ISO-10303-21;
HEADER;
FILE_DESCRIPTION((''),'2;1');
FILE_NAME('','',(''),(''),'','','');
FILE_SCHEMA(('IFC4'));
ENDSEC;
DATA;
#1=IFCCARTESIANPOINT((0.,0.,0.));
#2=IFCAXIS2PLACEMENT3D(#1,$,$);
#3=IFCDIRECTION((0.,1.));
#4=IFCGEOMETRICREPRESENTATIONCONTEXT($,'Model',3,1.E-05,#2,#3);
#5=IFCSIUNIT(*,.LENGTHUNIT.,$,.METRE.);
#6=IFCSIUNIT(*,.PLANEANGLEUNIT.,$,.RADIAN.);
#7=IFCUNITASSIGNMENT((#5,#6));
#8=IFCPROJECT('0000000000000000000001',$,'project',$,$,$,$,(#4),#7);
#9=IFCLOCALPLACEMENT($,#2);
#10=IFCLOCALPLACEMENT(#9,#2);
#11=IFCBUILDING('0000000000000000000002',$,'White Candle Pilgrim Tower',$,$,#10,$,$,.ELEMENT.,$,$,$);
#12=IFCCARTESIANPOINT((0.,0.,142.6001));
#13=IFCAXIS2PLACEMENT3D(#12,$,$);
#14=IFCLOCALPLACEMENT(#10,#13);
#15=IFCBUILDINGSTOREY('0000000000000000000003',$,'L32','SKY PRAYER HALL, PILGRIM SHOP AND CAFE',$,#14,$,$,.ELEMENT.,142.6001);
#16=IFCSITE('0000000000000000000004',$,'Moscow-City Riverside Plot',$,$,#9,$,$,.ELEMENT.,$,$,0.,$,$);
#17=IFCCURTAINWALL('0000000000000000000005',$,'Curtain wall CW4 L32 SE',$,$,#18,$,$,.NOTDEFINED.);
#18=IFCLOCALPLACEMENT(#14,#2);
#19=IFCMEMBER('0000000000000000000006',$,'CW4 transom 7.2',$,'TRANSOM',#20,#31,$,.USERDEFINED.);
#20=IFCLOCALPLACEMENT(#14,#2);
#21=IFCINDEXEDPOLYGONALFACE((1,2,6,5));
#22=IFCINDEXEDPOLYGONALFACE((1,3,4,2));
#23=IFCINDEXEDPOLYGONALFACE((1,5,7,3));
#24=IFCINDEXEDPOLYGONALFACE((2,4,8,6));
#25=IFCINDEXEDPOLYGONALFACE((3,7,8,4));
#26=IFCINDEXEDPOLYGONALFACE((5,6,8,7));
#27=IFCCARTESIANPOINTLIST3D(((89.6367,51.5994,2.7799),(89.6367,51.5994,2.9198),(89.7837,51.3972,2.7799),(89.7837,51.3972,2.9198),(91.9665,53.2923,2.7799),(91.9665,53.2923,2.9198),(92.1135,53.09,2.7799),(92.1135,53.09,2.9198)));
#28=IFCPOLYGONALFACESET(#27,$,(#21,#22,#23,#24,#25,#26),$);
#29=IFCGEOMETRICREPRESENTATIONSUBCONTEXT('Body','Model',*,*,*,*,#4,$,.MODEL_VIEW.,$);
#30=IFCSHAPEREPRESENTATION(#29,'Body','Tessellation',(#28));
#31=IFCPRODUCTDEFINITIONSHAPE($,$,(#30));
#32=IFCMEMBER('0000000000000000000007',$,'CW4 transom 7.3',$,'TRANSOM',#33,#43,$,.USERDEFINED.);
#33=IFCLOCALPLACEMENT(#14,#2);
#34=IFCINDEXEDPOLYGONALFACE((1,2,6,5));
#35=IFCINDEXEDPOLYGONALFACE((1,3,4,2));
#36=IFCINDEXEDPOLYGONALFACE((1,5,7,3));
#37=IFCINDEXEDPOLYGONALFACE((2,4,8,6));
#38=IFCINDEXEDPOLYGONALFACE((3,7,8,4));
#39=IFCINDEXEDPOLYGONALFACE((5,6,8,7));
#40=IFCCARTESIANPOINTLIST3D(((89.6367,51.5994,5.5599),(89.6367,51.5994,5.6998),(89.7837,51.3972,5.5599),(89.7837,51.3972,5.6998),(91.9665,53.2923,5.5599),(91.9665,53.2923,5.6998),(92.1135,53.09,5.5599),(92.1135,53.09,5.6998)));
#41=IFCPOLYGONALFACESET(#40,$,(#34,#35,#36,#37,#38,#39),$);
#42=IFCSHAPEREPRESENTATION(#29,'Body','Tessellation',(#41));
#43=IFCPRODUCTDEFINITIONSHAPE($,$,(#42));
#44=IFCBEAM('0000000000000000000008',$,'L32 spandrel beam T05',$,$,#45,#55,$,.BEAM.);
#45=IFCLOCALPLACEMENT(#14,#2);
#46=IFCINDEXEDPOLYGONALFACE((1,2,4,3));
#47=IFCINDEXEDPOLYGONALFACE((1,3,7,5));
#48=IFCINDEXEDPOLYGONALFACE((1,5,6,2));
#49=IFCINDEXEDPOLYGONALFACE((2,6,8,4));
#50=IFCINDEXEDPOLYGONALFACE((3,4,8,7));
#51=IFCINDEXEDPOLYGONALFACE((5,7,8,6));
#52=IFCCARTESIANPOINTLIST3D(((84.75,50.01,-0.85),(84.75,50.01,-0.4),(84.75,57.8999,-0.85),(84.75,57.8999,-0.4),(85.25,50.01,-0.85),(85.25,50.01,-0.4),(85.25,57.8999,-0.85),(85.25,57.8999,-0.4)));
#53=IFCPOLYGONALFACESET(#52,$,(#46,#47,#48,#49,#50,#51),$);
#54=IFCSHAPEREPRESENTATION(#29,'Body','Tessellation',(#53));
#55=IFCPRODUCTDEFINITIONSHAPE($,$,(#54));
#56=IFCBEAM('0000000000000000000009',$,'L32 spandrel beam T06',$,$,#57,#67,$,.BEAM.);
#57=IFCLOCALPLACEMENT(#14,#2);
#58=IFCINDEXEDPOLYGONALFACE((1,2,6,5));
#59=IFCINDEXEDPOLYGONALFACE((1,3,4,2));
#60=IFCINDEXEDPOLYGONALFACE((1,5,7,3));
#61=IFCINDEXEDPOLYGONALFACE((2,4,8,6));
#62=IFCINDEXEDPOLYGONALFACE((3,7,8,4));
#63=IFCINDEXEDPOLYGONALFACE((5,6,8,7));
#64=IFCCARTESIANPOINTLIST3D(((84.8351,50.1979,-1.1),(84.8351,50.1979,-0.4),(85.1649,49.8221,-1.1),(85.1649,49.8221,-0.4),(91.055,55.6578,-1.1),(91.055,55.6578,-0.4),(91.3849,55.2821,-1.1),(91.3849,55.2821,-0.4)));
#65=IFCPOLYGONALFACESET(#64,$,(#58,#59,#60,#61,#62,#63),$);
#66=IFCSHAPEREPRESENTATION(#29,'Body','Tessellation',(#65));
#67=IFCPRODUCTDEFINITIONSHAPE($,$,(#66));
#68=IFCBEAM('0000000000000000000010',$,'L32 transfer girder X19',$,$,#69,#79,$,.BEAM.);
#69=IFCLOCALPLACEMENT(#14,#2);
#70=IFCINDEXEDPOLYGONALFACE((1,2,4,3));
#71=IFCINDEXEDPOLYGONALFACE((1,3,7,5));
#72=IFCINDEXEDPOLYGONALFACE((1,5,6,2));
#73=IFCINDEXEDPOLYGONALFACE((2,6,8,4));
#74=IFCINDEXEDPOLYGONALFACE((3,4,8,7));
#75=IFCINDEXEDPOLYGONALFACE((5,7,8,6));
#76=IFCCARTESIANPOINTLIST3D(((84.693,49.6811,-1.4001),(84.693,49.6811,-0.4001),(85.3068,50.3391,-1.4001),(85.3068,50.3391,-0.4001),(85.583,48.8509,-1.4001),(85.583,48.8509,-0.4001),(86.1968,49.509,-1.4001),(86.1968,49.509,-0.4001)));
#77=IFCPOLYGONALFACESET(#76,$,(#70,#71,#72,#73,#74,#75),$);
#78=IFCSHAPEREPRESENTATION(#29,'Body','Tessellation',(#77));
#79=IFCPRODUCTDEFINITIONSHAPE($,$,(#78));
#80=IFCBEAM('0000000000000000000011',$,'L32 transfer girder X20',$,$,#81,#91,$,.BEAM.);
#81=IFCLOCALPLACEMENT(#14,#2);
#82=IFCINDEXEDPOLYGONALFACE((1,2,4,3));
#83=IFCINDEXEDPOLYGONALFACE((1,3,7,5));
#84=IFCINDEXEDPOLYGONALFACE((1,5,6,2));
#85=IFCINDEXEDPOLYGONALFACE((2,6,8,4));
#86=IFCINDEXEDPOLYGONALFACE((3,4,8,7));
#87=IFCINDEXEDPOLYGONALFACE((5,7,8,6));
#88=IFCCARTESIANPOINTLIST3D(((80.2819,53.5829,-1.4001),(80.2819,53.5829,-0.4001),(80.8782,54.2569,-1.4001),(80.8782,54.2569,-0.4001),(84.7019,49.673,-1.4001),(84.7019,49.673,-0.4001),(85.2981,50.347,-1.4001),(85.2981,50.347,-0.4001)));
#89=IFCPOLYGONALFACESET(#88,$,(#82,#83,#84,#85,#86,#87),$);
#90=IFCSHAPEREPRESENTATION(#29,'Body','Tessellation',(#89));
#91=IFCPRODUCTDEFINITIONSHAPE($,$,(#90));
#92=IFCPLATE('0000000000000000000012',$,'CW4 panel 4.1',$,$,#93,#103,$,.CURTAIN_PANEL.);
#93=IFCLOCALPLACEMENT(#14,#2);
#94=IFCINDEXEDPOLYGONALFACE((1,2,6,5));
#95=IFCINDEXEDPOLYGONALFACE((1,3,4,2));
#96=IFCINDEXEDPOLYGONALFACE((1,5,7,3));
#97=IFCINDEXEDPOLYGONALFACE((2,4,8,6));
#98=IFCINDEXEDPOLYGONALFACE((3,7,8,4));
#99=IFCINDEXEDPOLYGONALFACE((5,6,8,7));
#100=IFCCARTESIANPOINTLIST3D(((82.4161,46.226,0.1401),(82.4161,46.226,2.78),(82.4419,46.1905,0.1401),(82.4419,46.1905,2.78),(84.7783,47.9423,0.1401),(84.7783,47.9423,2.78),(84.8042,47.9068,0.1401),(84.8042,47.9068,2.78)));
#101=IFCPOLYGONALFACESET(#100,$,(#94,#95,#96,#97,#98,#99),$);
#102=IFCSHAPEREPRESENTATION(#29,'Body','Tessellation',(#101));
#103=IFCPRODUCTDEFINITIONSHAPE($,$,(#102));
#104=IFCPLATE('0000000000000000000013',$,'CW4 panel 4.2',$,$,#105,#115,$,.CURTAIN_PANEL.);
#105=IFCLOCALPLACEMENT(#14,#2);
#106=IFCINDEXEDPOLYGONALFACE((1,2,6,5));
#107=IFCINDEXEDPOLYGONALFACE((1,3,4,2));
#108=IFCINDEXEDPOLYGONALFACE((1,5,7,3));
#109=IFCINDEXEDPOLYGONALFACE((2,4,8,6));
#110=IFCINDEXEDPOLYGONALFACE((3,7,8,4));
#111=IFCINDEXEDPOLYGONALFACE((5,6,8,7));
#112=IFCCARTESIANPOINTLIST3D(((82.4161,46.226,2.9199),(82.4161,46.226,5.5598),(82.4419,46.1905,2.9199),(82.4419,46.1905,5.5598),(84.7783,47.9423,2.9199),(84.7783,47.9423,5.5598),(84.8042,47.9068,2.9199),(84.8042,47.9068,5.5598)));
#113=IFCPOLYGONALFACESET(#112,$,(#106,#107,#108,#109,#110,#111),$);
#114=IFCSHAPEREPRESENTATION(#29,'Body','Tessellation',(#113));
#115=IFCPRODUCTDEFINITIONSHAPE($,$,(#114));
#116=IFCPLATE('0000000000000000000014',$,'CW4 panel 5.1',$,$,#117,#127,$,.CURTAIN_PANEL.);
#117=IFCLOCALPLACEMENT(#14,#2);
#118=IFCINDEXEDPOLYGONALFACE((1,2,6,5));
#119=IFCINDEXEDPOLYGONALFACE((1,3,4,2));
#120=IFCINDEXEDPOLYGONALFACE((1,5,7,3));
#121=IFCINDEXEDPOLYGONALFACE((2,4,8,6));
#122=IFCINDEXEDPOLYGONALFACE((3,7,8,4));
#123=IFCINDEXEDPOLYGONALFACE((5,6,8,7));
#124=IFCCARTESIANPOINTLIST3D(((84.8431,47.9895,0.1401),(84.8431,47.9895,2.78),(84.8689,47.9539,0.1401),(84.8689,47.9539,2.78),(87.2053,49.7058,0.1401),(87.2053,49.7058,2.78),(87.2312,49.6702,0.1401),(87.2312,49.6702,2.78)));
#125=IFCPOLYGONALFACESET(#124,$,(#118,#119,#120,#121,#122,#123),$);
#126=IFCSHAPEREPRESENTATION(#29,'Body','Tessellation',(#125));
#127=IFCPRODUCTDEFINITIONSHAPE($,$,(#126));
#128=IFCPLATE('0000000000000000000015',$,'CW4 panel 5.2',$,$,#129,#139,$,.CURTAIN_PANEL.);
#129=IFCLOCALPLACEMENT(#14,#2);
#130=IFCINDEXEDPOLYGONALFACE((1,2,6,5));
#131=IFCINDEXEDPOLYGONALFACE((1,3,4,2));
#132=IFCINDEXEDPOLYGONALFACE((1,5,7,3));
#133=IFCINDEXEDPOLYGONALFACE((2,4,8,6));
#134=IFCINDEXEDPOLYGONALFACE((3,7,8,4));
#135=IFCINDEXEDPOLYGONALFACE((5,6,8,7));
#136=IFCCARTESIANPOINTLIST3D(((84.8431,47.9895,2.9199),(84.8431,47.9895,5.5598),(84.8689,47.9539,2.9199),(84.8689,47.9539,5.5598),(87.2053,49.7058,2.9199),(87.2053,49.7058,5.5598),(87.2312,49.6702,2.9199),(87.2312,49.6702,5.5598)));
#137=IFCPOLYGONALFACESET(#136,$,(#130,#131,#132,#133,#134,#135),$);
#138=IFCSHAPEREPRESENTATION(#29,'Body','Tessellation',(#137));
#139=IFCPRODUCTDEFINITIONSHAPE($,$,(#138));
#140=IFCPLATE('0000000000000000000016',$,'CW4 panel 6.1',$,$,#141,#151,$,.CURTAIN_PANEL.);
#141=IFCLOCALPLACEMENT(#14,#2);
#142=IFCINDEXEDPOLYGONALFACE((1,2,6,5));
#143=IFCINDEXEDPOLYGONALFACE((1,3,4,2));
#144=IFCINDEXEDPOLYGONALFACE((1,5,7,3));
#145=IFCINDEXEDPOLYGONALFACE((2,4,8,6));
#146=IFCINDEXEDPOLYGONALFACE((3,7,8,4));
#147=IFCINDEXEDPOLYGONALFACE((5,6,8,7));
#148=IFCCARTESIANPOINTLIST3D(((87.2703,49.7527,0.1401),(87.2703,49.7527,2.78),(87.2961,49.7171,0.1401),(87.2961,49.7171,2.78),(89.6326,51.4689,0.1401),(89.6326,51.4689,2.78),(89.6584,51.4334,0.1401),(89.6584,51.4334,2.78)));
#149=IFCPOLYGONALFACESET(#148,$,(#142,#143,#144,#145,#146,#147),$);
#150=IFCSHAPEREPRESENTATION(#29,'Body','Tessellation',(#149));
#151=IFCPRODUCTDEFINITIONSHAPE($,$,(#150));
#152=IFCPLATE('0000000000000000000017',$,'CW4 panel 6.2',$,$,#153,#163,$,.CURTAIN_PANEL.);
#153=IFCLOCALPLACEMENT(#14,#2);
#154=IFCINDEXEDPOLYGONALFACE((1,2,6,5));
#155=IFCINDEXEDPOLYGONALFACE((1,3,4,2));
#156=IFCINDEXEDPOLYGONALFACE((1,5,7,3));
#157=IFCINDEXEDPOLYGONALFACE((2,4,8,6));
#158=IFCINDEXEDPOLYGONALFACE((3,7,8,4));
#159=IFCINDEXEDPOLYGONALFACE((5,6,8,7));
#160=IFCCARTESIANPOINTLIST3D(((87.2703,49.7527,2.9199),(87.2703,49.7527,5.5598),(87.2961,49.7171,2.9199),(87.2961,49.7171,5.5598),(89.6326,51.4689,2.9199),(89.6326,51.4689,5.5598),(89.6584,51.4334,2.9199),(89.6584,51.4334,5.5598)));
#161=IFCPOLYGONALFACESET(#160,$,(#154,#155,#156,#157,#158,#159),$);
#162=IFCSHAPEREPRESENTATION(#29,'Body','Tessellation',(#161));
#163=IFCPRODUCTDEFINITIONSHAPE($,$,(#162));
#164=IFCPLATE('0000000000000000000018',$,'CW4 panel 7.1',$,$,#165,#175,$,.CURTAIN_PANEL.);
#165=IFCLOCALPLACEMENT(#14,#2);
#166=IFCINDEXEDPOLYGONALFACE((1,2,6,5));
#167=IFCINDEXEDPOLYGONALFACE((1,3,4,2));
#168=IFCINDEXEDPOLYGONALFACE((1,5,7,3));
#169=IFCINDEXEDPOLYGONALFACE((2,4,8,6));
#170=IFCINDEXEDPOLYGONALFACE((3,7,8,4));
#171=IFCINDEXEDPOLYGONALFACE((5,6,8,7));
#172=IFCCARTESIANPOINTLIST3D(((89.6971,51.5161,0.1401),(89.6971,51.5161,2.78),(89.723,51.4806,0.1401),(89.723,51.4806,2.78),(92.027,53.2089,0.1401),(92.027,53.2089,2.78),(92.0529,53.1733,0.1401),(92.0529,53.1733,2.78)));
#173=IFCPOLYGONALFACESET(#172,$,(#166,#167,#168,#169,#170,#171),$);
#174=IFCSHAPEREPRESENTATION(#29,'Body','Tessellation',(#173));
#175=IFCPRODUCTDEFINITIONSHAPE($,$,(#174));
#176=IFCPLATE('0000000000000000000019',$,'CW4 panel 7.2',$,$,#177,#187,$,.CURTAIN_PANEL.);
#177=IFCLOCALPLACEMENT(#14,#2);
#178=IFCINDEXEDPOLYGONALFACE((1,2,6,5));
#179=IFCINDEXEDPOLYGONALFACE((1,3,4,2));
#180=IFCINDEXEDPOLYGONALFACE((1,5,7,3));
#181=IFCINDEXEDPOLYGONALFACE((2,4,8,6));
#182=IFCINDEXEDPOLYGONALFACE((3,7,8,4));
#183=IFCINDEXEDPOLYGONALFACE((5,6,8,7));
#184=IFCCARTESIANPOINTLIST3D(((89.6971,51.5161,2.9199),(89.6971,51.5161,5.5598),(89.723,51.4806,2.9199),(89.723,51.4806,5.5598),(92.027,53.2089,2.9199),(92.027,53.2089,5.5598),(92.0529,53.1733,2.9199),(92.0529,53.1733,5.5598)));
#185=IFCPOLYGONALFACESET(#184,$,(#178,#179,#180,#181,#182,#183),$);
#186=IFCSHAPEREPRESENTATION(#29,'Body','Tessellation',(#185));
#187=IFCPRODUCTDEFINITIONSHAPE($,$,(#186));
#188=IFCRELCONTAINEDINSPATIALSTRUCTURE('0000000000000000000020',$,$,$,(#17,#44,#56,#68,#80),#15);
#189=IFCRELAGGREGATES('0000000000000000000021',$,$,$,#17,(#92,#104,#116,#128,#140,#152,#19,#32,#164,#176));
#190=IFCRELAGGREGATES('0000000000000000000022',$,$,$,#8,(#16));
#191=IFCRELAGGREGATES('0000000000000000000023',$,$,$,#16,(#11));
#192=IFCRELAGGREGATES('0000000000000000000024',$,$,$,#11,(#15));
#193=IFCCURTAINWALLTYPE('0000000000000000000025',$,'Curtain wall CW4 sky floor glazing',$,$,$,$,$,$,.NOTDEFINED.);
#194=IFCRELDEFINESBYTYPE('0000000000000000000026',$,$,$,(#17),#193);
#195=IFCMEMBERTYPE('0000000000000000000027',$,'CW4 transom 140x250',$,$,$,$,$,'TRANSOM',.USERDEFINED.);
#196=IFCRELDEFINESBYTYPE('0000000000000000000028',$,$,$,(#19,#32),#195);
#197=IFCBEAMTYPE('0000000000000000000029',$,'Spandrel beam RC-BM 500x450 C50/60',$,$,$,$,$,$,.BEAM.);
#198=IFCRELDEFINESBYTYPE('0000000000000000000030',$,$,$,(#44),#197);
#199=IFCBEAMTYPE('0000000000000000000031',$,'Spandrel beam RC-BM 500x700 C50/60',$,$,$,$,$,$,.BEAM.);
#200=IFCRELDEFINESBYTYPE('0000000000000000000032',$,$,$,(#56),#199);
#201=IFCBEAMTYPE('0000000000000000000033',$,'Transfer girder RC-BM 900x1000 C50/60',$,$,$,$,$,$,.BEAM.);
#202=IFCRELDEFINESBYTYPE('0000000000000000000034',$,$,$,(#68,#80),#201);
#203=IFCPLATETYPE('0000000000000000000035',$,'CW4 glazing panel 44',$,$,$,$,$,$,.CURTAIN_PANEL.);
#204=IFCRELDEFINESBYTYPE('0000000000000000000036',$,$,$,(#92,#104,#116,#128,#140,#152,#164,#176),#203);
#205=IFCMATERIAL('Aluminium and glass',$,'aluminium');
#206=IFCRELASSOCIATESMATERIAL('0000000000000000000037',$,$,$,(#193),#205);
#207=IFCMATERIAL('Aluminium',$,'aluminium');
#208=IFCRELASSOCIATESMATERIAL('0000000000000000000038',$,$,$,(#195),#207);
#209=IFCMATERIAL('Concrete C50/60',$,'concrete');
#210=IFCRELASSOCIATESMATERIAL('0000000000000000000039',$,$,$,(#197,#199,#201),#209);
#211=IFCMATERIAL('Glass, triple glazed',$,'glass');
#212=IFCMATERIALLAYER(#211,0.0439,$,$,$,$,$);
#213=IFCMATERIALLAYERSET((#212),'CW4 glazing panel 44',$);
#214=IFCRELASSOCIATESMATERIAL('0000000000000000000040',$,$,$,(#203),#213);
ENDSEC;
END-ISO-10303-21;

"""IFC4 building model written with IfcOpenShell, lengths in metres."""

from ifc_helpers import new_model, si_unit, direction, frame, origin, origin_2d, place, context, subcontext, project, spatial, rectangle, extrude, material, layer, layer_set, material_profile, profile_set, type_object, element, aggregate, save


model = new_model("IFC4")

# Units and contexts
model_context = context("Model", 3, precision=1e-05, world=origin(), true_north=direction((0.0, 1.0)))
body_context = subcontext(model_context, "Body", "Model", "MODEL_VIEW")
ifc_project = project(units=[si_unit("LENGTHUNIT", "METRE"), si_unit("PLANEANGLEUNIT", "RADIAN")], contexts=[model_context])

# Site, building, storey
site_placement = place(None, origin())
site = spatial("IfcSite", under=ifc_project, at=site_placement, Name="Moscow-City Riverside Plot", CompositionType="ELEMENT", RefElevation=0.0)
building_placement = place(site_placement, origin())
building = spatial("IfcBuilding", under=site, at=building_placement, Name="White Candle Pilgrim Tower", CompositionType="ELEMENT")
storey_placement = place(building_placement, frame((0.0, 0.0, 142.6001)))
storey = spatial("IfcBuildingStorey", under=building, at=storey_placement, Name="L32", Description="SKY PRAYER HALL, PILGRIM SHOP AND CAFE", CompositionType="ELEMENT", Elevation=142.6001)

# Curtain wall, members
ifc_material_1 = material(Name="Aluminium and glass", Category="aluminium")
curtain_wall_type = type_object("IfcCurtainWallType", Name="Curtain wall CW4 sky floor glazing", PredefinedType="NOTDEFINED", material=ifc_material_1)
curtain_wall_placement = place(storey_placement, origin())
curtain_wall = element("IfcCurtainWall", 1, at=curtain_wall_placement, inside=storey, type_object=curtain_wall_type, Name="Curtain wall CW4 L32 SE", PredefinedType="NOTDEFINED")
ifc_material_2 = material(Name="Aluminium", Category="aluminium")
ifc_material_profile_1 = material_profile(ifc_material_2, rectangle(XDim=0.25, YDim=0.1399, at=origin_2d()), Name="CW4 transom 140x250")
ifc_profile_set_1 = profile_set([ifc_material_profile_1], Name="Aluminium")
member_type_1 = type_object("IfcMemberType", Name="CW4 transom 140x250", ElementType="TRANSOM", PredefinedType="USERDEFINED", material=ifc_profile_set_1)
member_1_placement = place(storey_placement, frame((89.7102, 51.4983, 2.8499), z_axis=(0.808993, 0.587819, 0.0), x_axis=(-0.587819, 0.808993, 0.0)))
member_1 = element("IfcMember", 2, at=member_1_placement, type_object=member_type_1, Name="CW4 transom 7.2", ObjectType="TRANSOM", PredefinedType="USERDEFINED", context=body_context, shape_type="SweptSolid", body=[
    extrude(rectangle(XDim=0.25, YDim=0.1399, at=origin_2d()), origin(), (0.0, 0.0, 1.0), 2.8799),
])
member_2_placement = place(storey_placement, frame((89.7102, 51.4983, 5.6299), z_axis=(0.808993, 0.587819, 0.0), x_axis=(-0.587819, 0.808993, 0.0)))
member_2 = element("IfcMember", 3, at=member_2_placement, type_object=member_type_1, Name="CW4 transom 7.3", ObjectType="TRANSOM", PredefinedType="USERDEFINED", context=body_context, shape_type="SweptSolid", body=[
    extrude(rectangle(XDim=0.25, YDim=0.1399, at=origin_2d()), origin(), (0.0, 0.0, 1.0), 2.8799),
])

# Beams
ifc_material_3 = material(Name="Concrete C50/60", Category="concrete")
ifc_material_profile_2 = material_profile(ifc_material_3, rectangle(XDim=0.5, YDim=0.45, at=origin_2d()), Name="RC-BM 500x450")
ifc_profile_set_2 = profile_set([ifc_material_profile_2], Name="Concrete C50/60")
beam_type_1 = type_object("IfcBeamType", Name="Spandrel beam RC-BM 500x450 C50/60", PredefinedType="BEAM", material=ifc_profile_set_2)
beam_1_placement = place(storey_placement, frame((85.0, 50.01, -0.625), z_axis=(0.0, 1.0, 0.0), x_axis=(-1.0, 0.0, 0.0)))
element("IfcBeam", 4, at=beam_1_placement, inside=storey, type_object=beam_type_1, Name="L32 spandrel beam T05", PredefinedType="BEAM", context=body_context, shape_type="SweptSolid", body=[
    extrude(rectangle(XDim=0.5, YDim=0.45, at=origin_2d()), origin(), (0.0, 0.0, 1.0), 7.8899),
])
ifc_material_profile_3 = material_profile(ifc_material_3, rectangle(XDim=0.5, YDim=0.7, at=origin_2d()), Name="RC-BM 500x700")
ifc_profile_set_3 = profile_set([ifc_material_profile_3], Name="Concrete C50/60")
beam_type_2 = type_object("IfcBeamType", Name="Spandrel beam RC-BM 500x700 C50/60", PredefinedType="BEAM", material=ifc_profile_set_3)
beam_2_placement = place(storey_placement, frame((85.0, 50.01, -0.75), z_axis=(0.751529, 0.6597, 0.0), x_axis=(-0.6597, 0.751529, 0.0)))
element("IfcBeam", 5, at=beam_2_placement, inside=storey, type_object=beam_type_2, Name="L32 spandrel beam T06", PredefinedType="BEAM", context=body_context, shape_type="SweptSolid", body=[
    extrude(rectangle(XDim=0.5, YDim=0.7, at=origin_2d()), origin(), (0.0, 0.0, 1.0), 8.2764),
])
ifc_material_profile_4 = material_profile(ifc_material_3, rectangle(XDim=0.8999, YDim=1.0, at=origin_2d()), Name="RC-BM 900x1000")
ifc_profile_set_4 = profile_set([ifc_material_profile_4], Name="Concrete C50/60")
beam_type_3 = type_object("IfcBeamType", Name="Transfer girder RC-BM 900x1000 C50/60", PredefinedType="BEAM", material=ifc_profile_set_4)
beam_3_placement = place(storey_placement, frame((85.8899, 49.1799, -0.9001), z_axis=(-0.731255, 0.682104, 0.0), x_axis=(-0.682104, -0.731255, 0.0)))
element("IfcBeam", 6, at=beam_3_placement, inside=storey, type_object=beam_type_3, Name="L32 transfer girder X19", PredefinedType="BEAM", context=body_context, shape_type="SweptSolid", body=[
    extrude(rectangle(XDim=0.8999, YDim=1.0, at=origin_2d()), origin(), (0.0, 0.0, 1.0), 1.217),
])
beam_4_placement = place(storey_placement, frame((85.0, 50.01, -0.9001), z_axis=(-0.748998, 0.662572, 0.0), x_axis=(-0.662572, -0.748998, 0.0)))
element("IfcBeam", 7, at=beam_4_placement, inside=storey, type_object=beam_type_3, Name="L32 transfer girder X20", PredefinedType="BEAM", context=body_context, shape_type="SweptSolid", body=[
    extrude(rectangle(XDim=0.8999, YDim=1.0, at=origin_2d()), origin(), (0.0, 0.0, 1.0), 5.9011),
])

# Plates
ifc_material_4 = material(Name="Glass, triple glazed", Category="glass")
ifc_layer_1 = layer(ifc_material_4, 0.0439)
ifc_layer_set_1 = layer_set([ifc_layer_1], Name="CW4 glazing panel 44")
plate_type = type_object("IfcPlateType", Name="CW4 glazing panel 44", PredefinedType="CURTAIN_PANEL", material=ifc_layer_set_1)
plate_1_placement = place(storey_placement, frame((83.6101, 47.0664, 0.1401), z_axis=(0.0, 0.0, 1.0), x_axis=(0.809017, 0.587785, 0.0)))
plate_1 = element("IfcPlate", 8, at=plate_1_placement, type_object=plate_type, Name="CW4 panel 4.1", PredefinedType="CURTAIN_PANEL", context=body_context, shape_type="SweptSolid", body=[
    extrude(rectangle(XDim=2.9199, YDim=0.0439, at=origin_2d()), origin(), (0.0, 0.0, 1.0), 2.6399),
])
plate_2_placement = place(storey_placement, frame((83.6101, 47.0664, 2.9199), z_axis=(0.0, 0.0, 1.0), x_axis=(0.809017, 0.587785, 0.0)))
plate_2 = element("IfcPlate", 9, at=plate_2_placement, type_object=plate_type, Name="CW4 panel 4.2", PredefinedType="CURTAIN_PANEL", context=body_context, shape_type="SweptSolid", body=[
    extrude(rectangle(XDim=2.9199, YDim=0.0439, at=origin_2d()), origin(), (0.0, 0.0, 1.0), 2.6399),
])
plate_3_placement = place(storey_placement, frame((86.0371, 48.8298, 0.1401), z_axis=(0.0, 0.0, 1.0), x_axis=(0.809017, 0.587785, 0.0)))
plate_3 = element("IfcPlate", 10, at=plate_3_placement, type_object=plate_type, Name="CW4 panel 5.1", PredefinedType="CURTAIN_PANEL", context=body_context, shape_type="SweptSolid", body=[
    extrude(rectangle(XDim=2.9199, YDim=0.0439, at=origin_2d()), origin(), (0.0, 0.0, 1.0), 2.6399),
])
plate_4_placement = place(storey_placement, frame((86.0371, 48.8298, 2.9199), z_axis=(0.0, 0.0, 1.0), x_axis=(0.809017, 0.587785, 0.0)))
plate_4 = element("IfcPlate", 11, at=plate_4_placement, type_object=plate_type, Name="CW4 panel 5.2", PredefinedType="CURTAIN_PANEL", context=body_context, shape_type="SweptSolid", body=[
    extrude(rectangle(XDim=2.9199, YDim=0.0439, at=origin_2d()), origin(), (0.0, 0.0, 1.0), 2.6399),
])
plate_5_placement = place(storey_placement, frame((88.4644, 50.593, 0.1401), z_axis=(0.0, 0.0, 1.0), x_axis=(0.809017, 0.587785, 0.0)))
plate_5 = element("IfcPlate", 12, at=plate_5_placement, type_object=plate_type, Name="CW4 panel 6.1", PredefinedType="CURTAIN_PANEL", context=body_context, shape_type="SweptSolid", body=[
    extrude(rectangle(XDim=2.9199, YDim=0.0439, at=origin_2d()), origin(), (0.0, 0.0, 1.0), 2.6399),
])
plate_6_placement = place(storey_placement, frame((88.4644, 50.593, 2.9199), z_axis=(0.0, 0.0, 1.0), x_axis=(0.809017, 0.587785, 0.0)))
plate_6 = element("IfcPlate", 13, at=plate_6_placement, type_object=plate_type, Name="CW4 panel 6.2", PredefinedType="CURTAIN_PANEL", context=body_context, shape_type="SweptSolid", body=[
    extrude(rectangle(XDim=2.9199, YDim=0.0439, at=origin_2d()), origin(), (0.0, 0.0, 1.0), 2.6399),
])
plate_7_placement = place(storey_placement, frame((90.875, 52.3447, 0.1401), z_axis=(0.0, 0.0, 1.0), x_axis=(0.809017, 0.587785, 0.0)))
plate_7 = element("IfcPlate", 14, at=plate_7_placement, type_object=plate_type, Name="CW4 panel 7.1", PredefinedType="CURTAIN_PANEL", context=body_context, shape_type="SweptSolid", body=[
    extrude(rectangle(XDim=2.8799, YDim=0.0439, at=origin_2d()), origin(), (0.0, 0.0, 1.0), 2.6399),
])
plate_8_placement = place(storey_placement, frame((90.875, 52.3447, 2.9199), z_axis=(0.0, 0.0, 1.0), x_axis=(0.809017, 0.587785, 0.0)))
plate_8 = element("IfcPlate", 15, at=plate_8_placement, type_object=plate_type, Name="CW4 panel 7.2", PredefinedType="CURTAIN_PANEL", context=body_context, shape_type="SweptSolid", body=[
    extrude(rectangle(XDim=2.8799, YDim=0.0439, at=origin_2d()), origin(), (0.0, 0.0, 1.0), 2.6399),
])
aggregate(curtain_wall, [plate_1, plate_2, plate_3, plate_4, plate_5, plate_6, member_1, member_2, plate_7, plate_8])

save(model, "model.ifc")
